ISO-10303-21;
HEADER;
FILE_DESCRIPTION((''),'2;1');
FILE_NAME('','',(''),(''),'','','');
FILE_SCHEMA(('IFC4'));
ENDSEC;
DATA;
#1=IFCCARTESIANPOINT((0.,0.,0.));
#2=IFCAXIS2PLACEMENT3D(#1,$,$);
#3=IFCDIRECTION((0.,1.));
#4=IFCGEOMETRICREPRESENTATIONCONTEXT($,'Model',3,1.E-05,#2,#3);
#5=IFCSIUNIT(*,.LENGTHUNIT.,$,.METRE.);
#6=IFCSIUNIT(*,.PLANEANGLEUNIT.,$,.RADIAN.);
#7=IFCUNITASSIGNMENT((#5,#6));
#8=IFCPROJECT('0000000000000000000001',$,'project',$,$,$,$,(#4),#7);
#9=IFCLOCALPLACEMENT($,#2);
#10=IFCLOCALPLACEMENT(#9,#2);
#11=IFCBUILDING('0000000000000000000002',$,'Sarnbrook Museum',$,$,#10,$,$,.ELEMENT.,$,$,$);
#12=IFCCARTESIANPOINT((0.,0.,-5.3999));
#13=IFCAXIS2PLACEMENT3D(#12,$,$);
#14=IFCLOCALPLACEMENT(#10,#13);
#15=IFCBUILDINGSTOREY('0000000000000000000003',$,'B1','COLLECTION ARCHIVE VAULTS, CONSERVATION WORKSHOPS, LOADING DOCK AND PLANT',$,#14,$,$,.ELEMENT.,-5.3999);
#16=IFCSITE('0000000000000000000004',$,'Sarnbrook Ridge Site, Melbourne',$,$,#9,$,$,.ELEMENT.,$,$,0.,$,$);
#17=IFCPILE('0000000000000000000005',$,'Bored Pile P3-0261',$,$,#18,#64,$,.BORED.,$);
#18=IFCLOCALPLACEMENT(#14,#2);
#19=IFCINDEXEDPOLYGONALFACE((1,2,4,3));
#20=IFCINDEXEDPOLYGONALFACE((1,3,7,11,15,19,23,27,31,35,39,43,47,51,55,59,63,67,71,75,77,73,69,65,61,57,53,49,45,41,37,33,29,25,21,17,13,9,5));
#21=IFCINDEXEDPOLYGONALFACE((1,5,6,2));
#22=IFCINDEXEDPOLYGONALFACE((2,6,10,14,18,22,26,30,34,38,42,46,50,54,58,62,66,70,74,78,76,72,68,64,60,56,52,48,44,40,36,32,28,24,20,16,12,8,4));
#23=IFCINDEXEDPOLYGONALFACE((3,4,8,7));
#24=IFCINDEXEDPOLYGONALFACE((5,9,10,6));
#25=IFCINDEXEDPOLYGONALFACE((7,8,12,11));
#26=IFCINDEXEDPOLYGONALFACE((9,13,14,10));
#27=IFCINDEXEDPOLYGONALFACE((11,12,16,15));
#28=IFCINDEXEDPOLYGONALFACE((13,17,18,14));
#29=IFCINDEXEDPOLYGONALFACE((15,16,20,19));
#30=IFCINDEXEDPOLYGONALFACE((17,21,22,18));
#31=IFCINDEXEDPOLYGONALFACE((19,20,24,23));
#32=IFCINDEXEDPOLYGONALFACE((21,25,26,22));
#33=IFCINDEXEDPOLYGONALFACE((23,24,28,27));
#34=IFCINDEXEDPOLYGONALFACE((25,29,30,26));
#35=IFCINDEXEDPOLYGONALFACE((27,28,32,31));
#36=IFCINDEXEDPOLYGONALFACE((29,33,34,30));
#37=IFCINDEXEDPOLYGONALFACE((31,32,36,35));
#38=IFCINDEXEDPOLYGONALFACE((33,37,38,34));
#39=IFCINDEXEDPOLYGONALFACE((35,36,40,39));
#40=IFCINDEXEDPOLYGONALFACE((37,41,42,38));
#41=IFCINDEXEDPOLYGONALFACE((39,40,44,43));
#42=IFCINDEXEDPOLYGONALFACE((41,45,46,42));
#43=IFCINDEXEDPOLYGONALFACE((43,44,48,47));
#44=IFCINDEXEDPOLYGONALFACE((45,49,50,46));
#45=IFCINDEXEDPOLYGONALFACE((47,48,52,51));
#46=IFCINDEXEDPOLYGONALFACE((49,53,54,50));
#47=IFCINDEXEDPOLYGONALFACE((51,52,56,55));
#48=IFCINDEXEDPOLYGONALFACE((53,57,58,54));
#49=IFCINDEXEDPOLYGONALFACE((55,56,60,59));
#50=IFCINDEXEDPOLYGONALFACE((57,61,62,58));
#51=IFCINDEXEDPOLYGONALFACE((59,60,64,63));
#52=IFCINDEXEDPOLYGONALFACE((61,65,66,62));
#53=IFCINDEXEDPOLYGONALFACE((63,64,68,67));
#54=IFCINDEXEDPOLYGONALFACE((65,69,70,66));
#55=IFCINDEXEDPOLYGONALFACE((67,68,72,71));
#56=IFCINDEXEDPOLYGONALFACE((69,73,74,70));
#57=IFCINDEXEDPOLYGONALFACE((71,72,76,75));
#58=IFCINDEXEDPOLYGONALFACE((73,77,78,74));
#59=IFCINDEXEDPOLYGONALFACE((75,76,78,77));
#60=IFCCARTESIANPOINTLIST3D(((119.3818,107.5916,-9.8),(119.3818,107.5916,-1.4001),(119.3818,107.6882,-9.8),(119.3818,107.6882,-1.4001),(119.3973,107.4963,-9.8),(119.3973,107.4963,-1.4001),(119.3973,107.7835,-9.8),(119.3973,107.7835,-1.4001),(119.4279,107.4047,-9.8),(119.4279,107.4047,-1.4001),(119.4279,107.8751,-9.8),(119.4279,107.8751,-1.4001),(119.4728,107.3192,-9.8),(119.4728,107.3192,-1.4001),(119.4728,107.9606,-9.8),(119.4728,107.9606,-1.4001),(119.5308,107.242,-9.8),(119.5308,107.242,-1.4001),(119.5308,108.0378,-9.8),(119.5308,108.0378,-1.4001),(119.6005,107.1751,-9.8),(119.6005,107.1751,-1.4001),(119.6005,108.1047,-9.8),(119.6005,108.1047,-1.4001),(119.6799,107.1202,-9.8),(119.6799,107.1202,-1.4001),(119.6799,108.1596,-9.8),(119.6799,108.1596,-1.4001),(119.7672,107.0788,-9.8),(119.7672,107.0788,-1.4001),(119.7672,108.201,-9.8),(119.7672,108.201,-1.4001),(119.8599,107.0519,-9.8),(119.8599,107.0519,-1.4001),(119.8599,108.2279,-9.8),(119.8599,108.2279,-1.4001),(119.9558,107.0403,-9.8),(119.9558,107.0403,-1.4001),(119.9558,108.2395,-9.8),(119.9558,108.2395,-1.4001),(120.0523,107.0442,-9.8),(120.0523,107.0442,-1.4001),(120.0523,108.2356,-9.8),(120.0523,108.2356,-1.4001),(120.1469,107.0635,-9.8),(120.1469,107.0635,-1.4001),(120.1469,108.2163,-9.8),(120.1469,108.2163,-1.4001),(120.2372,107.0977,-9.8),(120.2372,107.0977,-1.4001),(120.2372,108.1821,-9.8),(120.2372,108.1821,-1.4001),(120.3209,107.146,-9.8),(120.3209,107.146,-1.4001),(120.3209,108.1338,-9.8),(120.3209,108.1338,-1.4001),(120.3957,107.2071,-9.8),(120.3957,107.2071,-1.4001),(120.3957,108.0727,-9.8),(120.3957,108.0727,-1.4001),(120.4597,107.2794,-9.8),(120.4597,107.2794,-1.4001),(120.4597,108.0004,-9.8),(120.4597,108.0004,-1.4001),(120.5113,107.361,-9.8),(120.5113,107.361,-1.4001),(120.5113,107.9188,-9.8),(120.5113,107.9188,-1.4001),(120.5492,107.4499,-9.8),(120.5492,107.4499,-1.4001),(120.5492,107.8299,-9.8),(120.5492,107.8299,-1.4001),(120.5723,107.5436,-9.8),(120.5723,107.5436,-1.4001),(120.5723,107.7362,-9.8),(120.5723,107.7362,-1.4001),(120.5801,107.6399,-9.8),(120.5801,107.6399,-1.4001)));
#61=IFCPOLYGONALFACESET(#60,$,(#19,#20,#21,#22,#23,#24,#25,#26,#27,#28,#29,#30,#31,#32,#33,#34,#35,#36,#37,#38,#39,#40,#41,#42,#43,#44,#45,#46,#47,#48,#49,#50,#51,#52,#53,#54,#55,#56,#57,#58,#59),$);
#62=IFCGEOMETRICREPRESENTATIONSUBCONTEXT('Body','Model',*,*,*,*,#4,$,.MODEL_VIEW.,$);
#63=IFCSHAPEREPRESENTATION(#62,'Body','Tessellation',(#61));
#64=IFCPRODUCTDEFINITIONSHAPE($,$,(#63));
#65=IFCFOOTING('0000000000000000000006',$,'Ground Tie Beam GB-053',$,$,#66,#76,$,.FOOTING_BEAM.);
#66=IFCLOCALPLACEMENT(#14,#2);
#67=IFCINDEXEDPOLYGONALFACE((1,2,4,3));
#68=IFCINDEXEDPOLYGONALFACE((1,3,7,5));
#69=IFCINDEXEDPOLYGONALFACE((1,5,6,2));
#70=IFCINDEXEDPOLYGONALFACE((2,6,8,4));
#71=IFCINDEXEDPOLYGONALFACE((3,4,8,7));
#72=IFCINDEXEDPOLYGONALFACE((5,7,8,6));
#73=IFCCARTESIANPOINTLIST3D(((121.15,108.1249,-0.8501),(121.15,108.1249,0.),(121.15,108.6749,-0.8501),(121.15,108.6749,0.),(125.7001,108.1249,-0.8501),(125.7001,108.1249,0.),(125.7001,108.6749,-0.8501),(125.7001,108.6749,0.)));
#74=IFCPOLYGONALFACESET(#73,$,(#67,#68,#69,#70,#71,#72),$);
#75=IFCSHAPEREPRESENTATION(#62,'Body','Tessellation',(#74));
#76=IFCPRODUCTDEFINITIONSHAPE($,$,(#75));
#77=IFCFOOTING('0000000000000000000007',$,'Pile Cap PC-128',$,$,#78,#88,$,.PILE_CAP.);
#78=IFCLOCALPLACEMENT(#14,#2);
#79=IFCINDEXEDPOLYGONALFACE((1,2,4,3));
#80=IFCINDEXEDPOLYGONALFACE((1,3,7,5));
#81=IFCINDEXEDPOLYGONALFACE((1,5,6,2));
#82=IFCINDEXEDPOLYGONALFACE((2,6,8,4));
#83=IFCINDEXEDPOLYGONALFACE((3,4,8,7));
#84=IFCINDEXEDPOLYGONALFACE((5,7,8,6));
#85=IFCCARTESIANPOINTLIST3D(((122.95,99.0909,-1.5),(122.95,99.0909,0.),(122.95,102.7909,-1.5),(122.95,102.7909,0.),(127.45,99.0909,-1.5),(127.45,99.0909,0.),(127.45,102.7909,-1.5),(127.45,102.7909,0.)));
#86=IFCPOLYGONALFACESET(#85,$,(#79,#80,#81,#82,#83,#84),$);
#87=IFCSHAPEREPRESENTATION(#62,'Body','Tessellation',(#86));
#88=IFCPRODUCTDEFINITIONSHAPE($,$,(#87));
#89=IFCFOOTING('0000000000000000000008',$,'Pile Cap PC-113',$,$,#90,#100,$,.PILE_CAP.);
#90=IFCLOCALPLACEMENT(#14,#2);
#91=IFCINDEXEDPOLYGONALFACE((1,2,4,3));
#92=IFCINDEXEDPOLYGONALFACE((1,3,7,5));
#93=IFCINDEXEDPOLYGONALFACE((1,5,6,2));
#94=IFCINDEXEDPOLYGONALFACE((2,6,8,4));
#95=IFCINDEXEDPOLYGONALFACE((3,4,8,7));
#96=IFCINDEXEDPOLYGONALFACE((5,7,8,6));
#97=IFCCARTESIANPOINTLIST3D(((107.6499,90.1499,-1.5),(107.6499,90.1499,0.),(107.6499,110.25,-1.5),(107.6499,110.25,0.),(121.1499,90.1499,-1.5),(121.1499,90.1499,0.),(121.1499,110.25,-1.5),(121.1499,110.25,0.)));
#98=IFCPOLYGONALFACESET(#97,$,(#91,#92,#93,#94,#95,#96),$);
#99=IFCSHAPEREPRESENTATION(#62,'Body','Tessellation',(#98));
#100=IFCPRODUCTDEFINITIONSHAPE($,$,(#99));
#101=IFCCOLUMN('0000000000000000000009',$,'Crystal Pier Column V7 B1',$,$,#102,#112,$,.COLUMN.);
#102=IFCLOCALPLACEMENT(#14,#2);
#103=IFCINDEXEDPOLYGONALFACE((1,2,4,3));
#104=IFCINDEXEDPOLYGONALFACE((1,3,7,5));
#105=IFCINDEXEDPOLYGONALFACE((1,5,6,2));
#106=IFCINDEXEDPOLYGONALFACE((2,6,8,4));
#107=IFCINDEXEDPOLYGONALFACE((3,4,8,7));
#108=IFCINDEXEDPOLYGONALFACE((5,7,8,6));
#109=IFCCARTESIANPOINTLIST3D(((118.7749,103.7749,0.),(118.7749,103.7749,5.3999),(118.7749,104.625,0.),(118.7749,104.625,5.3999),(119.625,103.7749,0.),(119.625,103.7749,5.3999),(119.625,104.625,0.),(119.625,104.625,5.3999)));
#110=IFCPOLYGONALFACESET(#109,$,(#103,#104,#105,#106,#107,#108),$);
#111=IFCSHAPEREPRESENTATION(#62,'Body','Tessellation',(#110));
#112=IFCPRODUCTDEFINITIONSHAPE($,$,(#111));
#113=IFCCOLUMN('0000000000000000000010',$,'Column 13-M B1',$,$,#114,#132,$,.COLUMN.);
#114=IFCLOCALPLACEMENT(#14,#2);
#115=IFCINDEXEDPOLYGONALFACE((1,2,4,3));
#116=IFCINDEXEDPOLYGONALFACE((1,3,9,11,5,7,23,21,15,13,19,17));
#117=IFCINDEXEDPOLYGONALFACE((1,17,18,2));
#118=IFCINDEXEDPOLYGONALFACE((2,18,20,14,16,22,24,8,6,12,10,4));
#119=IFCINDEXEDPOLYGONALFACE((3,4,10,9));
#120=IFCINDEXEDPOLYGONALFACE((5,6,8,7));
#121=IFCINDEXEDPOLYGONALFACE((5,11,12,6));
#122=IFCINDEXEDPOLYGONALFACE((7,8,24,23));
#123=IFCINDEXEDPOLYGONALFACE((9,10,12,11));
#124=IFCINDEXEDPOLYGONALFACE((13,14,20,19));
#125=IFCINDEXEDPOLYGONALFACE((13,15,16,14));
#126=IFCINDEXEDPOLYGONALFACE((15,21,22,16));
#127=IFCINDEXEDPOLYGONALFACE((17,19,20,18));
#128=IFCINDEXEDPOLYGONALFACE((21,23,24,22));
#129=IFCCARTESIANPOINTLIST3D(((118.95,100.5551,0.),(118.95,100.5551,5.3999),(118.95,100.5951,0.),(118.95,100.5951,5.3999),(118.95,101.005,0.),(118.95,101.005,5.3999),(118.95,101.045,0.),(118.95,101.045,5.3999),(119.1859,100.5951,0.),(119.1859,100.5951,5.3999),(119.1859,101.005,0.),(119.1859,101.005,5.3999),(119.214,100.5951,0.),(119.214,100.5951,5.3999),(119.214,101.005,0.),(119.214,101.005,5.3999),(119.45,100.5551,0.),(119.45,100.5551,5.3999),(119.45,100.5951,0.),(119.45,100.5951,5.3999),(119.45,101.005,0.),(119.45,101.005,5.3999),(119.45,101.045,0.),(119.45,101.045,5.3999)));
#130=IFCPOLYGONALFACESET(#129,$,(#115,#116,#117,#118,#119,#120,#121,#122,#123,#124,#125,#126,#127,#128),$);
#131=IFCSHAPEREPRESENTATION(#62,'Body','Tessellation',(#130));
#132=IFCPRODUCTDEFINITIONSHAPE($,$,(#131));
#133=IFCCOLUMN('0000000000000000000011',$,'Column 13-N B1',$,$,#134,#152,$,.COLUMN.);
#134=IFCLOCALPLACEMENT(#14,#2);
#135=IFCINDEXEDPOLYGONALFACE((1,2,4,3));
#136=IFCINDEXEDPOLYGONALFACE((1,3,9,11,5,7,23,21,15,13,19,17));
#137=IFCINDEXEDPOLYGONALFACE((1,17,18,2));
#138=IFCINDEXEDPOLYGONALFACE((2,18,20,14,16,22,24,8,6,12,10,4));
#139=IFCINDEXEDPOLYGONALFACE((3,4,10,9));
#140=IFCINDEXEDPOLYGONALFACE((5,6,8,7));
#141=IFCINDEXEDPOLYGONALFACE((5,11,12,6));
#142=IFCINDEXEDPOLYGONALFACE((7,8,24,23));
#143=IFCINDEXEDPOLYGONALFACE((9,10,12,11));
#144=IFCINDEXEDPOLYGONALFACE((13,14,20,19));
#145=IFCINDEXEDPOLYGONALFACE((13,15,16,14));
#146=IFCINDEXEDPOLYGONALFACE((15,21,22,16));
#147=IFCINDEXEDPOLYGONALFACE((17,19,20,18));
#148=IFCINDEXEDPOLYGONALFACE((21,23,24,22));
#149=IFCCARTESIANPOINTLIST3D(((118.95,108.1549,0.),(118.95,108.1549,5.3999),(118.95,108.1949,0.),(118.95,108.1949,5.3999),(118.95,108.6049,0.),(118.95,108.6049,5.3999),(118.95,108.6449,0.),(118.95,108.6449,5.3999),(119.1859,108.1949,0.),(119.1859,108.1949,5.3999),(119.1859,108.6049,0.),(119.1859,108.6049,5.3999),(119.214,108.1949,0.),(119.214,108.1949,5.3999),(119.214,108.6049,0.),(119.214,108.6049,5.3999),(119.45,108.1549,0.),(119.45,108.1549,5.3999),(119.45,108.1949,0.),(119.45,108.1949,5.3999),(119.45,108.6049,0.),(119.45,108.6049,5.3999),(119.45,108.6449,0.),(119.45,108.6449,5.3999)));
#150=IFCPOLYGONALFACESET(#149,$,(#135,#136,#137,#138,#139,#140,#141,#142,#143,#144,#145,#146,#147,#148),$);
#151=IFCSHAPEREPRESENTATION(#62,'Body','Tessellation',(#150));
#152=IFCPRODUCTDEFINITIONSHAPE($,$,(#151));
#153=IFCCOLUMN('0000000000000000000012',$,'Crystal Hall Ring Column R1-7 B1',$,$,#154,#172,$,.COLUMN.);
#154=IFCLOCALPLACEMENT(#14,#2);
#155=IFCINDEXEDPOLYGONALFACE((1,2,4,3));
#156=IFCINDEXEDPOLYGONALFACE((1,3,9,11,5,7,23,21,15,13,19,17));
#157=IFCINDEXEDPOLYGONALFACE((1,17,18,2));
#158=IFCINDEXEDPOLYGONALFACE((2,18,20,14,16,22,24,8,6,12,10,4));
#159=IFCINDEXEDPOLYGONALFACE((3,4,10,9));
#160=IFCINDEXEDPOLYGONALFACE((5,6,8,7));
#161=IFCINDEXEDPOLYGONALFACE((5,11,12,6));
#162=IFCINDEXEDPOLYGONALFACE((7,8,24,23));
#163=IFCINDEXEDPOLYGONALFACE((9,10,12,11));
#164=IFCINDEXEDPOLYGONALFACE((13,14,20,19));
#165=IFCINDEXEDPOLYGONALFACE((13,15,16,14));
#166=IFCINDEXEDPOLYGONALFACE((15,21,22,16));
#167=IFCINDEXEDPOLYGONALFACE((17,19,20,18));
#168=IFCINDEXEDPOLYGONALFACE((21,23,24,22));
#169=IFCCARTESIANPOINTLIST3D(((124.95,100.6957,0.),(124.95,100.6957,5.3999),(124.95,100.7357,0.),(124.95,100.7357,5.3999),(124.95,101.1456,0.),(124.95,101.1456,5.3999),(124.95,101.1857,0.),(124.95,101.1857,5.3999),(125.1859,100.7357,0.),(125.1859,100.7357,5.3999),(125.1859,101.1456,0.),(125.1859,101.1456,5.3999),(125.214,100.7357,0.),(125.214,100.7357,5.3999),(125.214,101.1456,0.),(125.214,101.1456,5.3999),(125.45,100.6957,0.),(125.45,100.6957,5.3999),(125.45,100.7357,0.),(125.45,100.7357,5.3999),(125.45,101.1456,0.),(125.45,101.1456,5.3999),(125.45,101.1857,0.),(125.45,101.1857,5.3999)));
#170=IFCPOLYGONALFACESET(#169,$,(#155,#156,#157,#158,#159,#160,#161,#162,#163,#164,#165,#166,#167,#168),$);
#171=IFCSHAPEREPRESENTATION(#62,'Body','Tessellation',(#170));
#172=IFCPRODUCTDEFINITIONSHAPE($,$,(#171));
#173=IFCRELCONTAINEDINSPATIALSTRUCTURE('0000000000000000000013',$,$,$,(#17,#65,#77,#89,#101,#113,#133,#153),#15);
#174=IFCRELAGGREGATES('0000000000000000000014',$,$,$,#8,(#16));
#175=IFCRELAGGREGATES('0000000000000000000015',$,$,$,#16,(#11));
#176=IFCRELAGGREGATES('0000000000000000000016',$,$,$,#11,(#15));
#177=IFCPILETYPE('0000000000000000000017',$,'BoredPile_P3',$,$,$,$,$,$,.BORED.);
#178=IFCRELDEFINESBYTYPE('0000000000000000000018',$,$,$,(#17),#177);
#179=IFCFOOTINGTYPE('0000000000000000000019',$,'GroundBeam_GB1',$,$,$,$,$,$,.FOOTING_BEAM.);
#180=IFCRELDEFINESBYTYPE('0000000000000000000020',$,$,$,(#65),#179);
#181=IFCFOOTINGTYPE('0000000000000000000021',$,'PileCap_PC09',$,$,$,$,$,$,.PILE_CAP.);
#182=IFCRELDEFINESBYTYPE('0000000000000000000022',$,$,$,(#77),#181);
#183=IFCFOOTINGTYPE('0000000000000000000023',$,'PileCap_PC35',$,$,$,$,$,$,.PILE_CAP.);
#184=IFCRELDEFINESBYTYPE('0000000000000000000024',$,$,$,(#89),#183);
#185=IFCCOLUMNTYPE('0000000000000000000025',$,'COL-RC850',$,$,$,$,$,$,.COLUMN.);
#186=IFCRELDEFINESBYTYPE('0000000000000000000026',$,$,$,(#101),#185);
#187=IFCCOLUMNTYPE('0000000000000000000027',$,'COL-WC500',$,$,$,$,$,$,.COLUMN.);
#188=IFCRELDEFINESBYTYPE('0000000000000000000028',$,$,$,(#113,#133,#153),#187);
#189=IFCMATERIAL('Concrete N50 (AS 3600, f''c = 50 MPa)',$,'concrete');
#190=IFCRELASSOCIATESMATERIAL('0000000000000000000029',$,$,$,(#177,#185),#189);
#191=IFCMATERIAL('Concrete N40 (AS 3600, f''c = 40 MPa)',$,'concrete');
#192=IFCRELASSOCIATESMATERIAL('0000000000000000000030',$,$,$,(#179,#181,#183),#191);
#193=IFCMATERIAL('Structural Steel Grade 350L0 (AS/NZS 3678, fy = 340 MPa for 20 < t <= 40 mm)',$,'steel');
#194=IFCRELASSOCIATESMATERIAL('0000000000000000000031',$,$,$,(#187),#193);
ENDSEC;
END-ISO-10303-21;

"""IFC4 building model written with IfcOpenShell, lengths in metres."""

from ifc_helpers import new_model, si_unit, direction, frame, origin, origin_2d, place, context, subcontext, project, spatial, rectangle, circle, i_section, extrude, material, material_profile, profile_set, type_object, element, save


model = new_model("IFC4")

# Units and contexts
model_context = context("Model", 3, precision=1e-05, world=origin(), true_north=direction((0.0, 1.0)))
body_context = subcontext(model_context, "Body", "Model", "MODEL_VIEW")
ifc_project = project(units=[si_unit("LENGTHUNIT", "METRE"), si_unit("PLANEANGLEUNIT", "RADIAN")], contexts=[model_context])

# Site, building, storey
site_placement = place(None, origin())
site = spatial("IfcSite", under=ifc_project, at=site_placement, Name="Sarnbrook Ridge Site, Melbourne", CompositionType="ELEMENT", RefElevation=0.0)
building_placement = place(site_placement, origin())
building = spatial("IfcBuilding", under=site, at=building_placement, Name="Sarnbrook Museum", CompositionType="ELEMENT")
storey_placement = place(building_placement, frame((0.0, 0.0, -5.3999)))
storey = spatial("IfcBuildingStorey", under=building, at=storey_placement, Name="B1", Description="COLLECTION ARCHIVE VAULTS, CONSERVATION WORKSHOPS, LOADING DOCK AND PLANT", CompositionType="ELEMENT", Elevation=-5.3999)

# Pile
ifc_material_1 = material(Name="Concrete N50 (AS 3600, f'c = 50 MPa)", Category="concrete")
ifc_material_profile_1 = material_profile(ifc_material_1, circle(Radius=0.6001, at=origin_2d()), Name="BORED PILE D1200")
ifc_profile_set_1 = profile_set([ifc_material_profile_1], Name="Concrete N50 (AS 3600, f'c = 50 MPa)")
pile_type_1 = type_object("IfcPileType", Name="BoredPile_P3", PredefinedType="BORED", material=ifc_profile_set_1)
for number, where, z_axis, x_axis, name in (
    (1, (119.98, 107.6399, -1.4001), (0.0, 0.0, -1.0), (1.0, 0.0, 0.0), "Bored Pile P3-0261"),
):
    element("IfcPile", number, at=place(storey_placement, frame(where, z_axis=z_axis, x_axis=x_axis)), inside=storey, type_object=pile_type_1, Name=name, PredefinedType="BORED", context=body_context, shape_type="SweptSolid", body=[
        extrude(circle(Radius=0.6001, at=origin_2d()), origin(), (0.0, 0.0, 1.0), 8.3999),
    ])

# Footings
ifc_material_2 = material(Name="Concrete N40 (AS 3600, f'c = 40 MPa)", Category="concrete")
footing_type_1 = type_object("IfcFootingType", Name="GroundBeam_GB1", PredefinedType="FOOTING_BEAM", material=ifc_material_2)
footing_1_placement = place(storey_placement, frame((123.425, 108.3999, -0.8501), z_axis=(0.0, 0.0, 1.0), x_axis=(1.0, 0.0, 0.0)))
element("IfcFooting", 2, at=footing_1_placement, inside=storey, type_object=footing_type_1, Name="Ground Tie Beam GB-053", PredefinedType="FOOTING_BEAM", context=body_context, shape_type="SweptSolid", body=[
    extrude(rectangle(XDim=4.55, YDim=0.55, at=origin_2d()), origin(), (0.0, 0.0, 1.0), 0.8501),
])
footing_type_2 = type_object("IfcFootingType", Name="PileCap_PC09", PredefinedType="PILE_CAP", material=ifc_material_2)
footing_2_placement = place(storey_placement, frame((125.2, 100.9409, -1.5), z_axis=(0.0, 0.0, 1.0), x_axis=(1.0, 0.0, 0.0)))
element("IfcFooting", 3, at=footing_2_placement, inside=storey, type_object=footing_type_2, Name="Pile Cap PC-128", PredefinedType="PILE_CAP", context=body_context, shape_type="SweptSolid", body=[
    extrude(rectangle(XDim=4.5, YDim=3.7, at=origin_2d()), origin(), (0.0, 0.0, 1.0), 1.5),
])
footing_type_3 = type_object("IfcFootingType", Name="PileCap_PC35", PredefinedType="PILE_CAP", material=ifc_material_2)
footing_3_placement = place(storey_placement, frame((114.3999, 100.2, -1.5), z_axis=(0.0, 0.0, 1.0), x_axis=(1.0, 0.0, 0.0)))
element("IfcFooting", 4, at=footing_3_placement, inside=storey, type_object=footing_type_3, Name="Pile Cap PC-113", PredefinedType="PILE_CAP", context=body_context, shape_type="SweptSolid", body=[
    extrude(rectangle(XDim=13.5, YDim=20.1001, at=origin_2d()), origin(), (0.0, 0.0, 1.0), 1.5),
])

# Columns
ifc_material_profile_2 = material_profile(ifc_material_1, rectangle(XDim=0.8501, YDim=0.8501, at=origin_2d()), Name="RC 850x850")
ifc_profile_set_2 = profile_set([ifc_material_profile_2], Name="Concrete N50 (AS 3600, f'c = 50 MPa)")
column_type_1 = type_object("IfcColumnType", Name="COL-RC850", PredefinedType="COLUMN", material=ifc_profile_set_2)
column_placement = place(storey_placement, frame((119.2, 104.2, 0.0), z_axis=(0.0, 0.0, 1.0), x_axis=(1.0, 0.0, 0.0)))
element("IfcColumn", 5, at=column_placement, inside=storey, type_object=column_type_1, Name="Crystal Pier Column V7 B1", PredefinedType="COLUMN", context=body_context, shape_type="SweptSolid", body=[
    extrude(rectangle(XDim=0.8501, YDim=0.8501, at=origin_2d()), origin(), (0.0, 0.0, 1.0), 5.3999),
])
ifc_material_3 = material(Name="Structural Steel Grade 350L0 (AS/NZS 3678, fy = 340 MPa for 20 < t <= 40 mm)", Category="steel")
ifc_material_profile_3 = material_profile(ifc_material_3, i_section(OverallWidth=0.5, OverallDepth=0.49, WebThickness=0.0281, FlangeThickness=0.04, at=origin_2d()), Name="500WC340")
ifc_profile_set_3 = profile_set([ifc_material_profile_3], Name="Structural Steel Grade 350L0 (AS/NZS 3678, fy = 340 MPa for 20 < t <= 40 mm)")
column_type_2 = type_object("IfcColumnType", Name="COL-WC500", PredefinedType="COLUMN", material=ifc_profile_set_3)
for number, where, z_axis, x_axis, name in (
    (6, (119.2, 100.8, 0.0), (0.0, 0.0, 1.0), (1.0, 0.0, 0.0), "Column 13-M B1"),
    (7, (119.2, 108.3999, 0.0), (0.0, 0.0, 1.0), (1.0, 0.0, 0.0), "Column 13-N B1"),
    (8, (125.2, 100.9407, 0.0), (0.0, 0.0, 1.0), (1.0, 0.0, 0.0), "Crystal Hall Ring Column R1-7 B1"),
):
    element("IfcColumn", number, at=place(storey_placement, frame(where, z_axis=z_axis, x_axis=x_axis)), inside=storey, type_object=column_type_2, Name=name, PredefinedType="COLUMN", context=body_context, shape_type="SweptSolid", body=[
        extrude(i_section(OverallWidth=0.5, OverallDepth=0.49, WebThickness=0.0281, FlangeThickness=0.04, at=origin_2d()), origin(), (0.0, 0.0, 1.0), 5.3999),
    ])

save(model, "model.ifc")
